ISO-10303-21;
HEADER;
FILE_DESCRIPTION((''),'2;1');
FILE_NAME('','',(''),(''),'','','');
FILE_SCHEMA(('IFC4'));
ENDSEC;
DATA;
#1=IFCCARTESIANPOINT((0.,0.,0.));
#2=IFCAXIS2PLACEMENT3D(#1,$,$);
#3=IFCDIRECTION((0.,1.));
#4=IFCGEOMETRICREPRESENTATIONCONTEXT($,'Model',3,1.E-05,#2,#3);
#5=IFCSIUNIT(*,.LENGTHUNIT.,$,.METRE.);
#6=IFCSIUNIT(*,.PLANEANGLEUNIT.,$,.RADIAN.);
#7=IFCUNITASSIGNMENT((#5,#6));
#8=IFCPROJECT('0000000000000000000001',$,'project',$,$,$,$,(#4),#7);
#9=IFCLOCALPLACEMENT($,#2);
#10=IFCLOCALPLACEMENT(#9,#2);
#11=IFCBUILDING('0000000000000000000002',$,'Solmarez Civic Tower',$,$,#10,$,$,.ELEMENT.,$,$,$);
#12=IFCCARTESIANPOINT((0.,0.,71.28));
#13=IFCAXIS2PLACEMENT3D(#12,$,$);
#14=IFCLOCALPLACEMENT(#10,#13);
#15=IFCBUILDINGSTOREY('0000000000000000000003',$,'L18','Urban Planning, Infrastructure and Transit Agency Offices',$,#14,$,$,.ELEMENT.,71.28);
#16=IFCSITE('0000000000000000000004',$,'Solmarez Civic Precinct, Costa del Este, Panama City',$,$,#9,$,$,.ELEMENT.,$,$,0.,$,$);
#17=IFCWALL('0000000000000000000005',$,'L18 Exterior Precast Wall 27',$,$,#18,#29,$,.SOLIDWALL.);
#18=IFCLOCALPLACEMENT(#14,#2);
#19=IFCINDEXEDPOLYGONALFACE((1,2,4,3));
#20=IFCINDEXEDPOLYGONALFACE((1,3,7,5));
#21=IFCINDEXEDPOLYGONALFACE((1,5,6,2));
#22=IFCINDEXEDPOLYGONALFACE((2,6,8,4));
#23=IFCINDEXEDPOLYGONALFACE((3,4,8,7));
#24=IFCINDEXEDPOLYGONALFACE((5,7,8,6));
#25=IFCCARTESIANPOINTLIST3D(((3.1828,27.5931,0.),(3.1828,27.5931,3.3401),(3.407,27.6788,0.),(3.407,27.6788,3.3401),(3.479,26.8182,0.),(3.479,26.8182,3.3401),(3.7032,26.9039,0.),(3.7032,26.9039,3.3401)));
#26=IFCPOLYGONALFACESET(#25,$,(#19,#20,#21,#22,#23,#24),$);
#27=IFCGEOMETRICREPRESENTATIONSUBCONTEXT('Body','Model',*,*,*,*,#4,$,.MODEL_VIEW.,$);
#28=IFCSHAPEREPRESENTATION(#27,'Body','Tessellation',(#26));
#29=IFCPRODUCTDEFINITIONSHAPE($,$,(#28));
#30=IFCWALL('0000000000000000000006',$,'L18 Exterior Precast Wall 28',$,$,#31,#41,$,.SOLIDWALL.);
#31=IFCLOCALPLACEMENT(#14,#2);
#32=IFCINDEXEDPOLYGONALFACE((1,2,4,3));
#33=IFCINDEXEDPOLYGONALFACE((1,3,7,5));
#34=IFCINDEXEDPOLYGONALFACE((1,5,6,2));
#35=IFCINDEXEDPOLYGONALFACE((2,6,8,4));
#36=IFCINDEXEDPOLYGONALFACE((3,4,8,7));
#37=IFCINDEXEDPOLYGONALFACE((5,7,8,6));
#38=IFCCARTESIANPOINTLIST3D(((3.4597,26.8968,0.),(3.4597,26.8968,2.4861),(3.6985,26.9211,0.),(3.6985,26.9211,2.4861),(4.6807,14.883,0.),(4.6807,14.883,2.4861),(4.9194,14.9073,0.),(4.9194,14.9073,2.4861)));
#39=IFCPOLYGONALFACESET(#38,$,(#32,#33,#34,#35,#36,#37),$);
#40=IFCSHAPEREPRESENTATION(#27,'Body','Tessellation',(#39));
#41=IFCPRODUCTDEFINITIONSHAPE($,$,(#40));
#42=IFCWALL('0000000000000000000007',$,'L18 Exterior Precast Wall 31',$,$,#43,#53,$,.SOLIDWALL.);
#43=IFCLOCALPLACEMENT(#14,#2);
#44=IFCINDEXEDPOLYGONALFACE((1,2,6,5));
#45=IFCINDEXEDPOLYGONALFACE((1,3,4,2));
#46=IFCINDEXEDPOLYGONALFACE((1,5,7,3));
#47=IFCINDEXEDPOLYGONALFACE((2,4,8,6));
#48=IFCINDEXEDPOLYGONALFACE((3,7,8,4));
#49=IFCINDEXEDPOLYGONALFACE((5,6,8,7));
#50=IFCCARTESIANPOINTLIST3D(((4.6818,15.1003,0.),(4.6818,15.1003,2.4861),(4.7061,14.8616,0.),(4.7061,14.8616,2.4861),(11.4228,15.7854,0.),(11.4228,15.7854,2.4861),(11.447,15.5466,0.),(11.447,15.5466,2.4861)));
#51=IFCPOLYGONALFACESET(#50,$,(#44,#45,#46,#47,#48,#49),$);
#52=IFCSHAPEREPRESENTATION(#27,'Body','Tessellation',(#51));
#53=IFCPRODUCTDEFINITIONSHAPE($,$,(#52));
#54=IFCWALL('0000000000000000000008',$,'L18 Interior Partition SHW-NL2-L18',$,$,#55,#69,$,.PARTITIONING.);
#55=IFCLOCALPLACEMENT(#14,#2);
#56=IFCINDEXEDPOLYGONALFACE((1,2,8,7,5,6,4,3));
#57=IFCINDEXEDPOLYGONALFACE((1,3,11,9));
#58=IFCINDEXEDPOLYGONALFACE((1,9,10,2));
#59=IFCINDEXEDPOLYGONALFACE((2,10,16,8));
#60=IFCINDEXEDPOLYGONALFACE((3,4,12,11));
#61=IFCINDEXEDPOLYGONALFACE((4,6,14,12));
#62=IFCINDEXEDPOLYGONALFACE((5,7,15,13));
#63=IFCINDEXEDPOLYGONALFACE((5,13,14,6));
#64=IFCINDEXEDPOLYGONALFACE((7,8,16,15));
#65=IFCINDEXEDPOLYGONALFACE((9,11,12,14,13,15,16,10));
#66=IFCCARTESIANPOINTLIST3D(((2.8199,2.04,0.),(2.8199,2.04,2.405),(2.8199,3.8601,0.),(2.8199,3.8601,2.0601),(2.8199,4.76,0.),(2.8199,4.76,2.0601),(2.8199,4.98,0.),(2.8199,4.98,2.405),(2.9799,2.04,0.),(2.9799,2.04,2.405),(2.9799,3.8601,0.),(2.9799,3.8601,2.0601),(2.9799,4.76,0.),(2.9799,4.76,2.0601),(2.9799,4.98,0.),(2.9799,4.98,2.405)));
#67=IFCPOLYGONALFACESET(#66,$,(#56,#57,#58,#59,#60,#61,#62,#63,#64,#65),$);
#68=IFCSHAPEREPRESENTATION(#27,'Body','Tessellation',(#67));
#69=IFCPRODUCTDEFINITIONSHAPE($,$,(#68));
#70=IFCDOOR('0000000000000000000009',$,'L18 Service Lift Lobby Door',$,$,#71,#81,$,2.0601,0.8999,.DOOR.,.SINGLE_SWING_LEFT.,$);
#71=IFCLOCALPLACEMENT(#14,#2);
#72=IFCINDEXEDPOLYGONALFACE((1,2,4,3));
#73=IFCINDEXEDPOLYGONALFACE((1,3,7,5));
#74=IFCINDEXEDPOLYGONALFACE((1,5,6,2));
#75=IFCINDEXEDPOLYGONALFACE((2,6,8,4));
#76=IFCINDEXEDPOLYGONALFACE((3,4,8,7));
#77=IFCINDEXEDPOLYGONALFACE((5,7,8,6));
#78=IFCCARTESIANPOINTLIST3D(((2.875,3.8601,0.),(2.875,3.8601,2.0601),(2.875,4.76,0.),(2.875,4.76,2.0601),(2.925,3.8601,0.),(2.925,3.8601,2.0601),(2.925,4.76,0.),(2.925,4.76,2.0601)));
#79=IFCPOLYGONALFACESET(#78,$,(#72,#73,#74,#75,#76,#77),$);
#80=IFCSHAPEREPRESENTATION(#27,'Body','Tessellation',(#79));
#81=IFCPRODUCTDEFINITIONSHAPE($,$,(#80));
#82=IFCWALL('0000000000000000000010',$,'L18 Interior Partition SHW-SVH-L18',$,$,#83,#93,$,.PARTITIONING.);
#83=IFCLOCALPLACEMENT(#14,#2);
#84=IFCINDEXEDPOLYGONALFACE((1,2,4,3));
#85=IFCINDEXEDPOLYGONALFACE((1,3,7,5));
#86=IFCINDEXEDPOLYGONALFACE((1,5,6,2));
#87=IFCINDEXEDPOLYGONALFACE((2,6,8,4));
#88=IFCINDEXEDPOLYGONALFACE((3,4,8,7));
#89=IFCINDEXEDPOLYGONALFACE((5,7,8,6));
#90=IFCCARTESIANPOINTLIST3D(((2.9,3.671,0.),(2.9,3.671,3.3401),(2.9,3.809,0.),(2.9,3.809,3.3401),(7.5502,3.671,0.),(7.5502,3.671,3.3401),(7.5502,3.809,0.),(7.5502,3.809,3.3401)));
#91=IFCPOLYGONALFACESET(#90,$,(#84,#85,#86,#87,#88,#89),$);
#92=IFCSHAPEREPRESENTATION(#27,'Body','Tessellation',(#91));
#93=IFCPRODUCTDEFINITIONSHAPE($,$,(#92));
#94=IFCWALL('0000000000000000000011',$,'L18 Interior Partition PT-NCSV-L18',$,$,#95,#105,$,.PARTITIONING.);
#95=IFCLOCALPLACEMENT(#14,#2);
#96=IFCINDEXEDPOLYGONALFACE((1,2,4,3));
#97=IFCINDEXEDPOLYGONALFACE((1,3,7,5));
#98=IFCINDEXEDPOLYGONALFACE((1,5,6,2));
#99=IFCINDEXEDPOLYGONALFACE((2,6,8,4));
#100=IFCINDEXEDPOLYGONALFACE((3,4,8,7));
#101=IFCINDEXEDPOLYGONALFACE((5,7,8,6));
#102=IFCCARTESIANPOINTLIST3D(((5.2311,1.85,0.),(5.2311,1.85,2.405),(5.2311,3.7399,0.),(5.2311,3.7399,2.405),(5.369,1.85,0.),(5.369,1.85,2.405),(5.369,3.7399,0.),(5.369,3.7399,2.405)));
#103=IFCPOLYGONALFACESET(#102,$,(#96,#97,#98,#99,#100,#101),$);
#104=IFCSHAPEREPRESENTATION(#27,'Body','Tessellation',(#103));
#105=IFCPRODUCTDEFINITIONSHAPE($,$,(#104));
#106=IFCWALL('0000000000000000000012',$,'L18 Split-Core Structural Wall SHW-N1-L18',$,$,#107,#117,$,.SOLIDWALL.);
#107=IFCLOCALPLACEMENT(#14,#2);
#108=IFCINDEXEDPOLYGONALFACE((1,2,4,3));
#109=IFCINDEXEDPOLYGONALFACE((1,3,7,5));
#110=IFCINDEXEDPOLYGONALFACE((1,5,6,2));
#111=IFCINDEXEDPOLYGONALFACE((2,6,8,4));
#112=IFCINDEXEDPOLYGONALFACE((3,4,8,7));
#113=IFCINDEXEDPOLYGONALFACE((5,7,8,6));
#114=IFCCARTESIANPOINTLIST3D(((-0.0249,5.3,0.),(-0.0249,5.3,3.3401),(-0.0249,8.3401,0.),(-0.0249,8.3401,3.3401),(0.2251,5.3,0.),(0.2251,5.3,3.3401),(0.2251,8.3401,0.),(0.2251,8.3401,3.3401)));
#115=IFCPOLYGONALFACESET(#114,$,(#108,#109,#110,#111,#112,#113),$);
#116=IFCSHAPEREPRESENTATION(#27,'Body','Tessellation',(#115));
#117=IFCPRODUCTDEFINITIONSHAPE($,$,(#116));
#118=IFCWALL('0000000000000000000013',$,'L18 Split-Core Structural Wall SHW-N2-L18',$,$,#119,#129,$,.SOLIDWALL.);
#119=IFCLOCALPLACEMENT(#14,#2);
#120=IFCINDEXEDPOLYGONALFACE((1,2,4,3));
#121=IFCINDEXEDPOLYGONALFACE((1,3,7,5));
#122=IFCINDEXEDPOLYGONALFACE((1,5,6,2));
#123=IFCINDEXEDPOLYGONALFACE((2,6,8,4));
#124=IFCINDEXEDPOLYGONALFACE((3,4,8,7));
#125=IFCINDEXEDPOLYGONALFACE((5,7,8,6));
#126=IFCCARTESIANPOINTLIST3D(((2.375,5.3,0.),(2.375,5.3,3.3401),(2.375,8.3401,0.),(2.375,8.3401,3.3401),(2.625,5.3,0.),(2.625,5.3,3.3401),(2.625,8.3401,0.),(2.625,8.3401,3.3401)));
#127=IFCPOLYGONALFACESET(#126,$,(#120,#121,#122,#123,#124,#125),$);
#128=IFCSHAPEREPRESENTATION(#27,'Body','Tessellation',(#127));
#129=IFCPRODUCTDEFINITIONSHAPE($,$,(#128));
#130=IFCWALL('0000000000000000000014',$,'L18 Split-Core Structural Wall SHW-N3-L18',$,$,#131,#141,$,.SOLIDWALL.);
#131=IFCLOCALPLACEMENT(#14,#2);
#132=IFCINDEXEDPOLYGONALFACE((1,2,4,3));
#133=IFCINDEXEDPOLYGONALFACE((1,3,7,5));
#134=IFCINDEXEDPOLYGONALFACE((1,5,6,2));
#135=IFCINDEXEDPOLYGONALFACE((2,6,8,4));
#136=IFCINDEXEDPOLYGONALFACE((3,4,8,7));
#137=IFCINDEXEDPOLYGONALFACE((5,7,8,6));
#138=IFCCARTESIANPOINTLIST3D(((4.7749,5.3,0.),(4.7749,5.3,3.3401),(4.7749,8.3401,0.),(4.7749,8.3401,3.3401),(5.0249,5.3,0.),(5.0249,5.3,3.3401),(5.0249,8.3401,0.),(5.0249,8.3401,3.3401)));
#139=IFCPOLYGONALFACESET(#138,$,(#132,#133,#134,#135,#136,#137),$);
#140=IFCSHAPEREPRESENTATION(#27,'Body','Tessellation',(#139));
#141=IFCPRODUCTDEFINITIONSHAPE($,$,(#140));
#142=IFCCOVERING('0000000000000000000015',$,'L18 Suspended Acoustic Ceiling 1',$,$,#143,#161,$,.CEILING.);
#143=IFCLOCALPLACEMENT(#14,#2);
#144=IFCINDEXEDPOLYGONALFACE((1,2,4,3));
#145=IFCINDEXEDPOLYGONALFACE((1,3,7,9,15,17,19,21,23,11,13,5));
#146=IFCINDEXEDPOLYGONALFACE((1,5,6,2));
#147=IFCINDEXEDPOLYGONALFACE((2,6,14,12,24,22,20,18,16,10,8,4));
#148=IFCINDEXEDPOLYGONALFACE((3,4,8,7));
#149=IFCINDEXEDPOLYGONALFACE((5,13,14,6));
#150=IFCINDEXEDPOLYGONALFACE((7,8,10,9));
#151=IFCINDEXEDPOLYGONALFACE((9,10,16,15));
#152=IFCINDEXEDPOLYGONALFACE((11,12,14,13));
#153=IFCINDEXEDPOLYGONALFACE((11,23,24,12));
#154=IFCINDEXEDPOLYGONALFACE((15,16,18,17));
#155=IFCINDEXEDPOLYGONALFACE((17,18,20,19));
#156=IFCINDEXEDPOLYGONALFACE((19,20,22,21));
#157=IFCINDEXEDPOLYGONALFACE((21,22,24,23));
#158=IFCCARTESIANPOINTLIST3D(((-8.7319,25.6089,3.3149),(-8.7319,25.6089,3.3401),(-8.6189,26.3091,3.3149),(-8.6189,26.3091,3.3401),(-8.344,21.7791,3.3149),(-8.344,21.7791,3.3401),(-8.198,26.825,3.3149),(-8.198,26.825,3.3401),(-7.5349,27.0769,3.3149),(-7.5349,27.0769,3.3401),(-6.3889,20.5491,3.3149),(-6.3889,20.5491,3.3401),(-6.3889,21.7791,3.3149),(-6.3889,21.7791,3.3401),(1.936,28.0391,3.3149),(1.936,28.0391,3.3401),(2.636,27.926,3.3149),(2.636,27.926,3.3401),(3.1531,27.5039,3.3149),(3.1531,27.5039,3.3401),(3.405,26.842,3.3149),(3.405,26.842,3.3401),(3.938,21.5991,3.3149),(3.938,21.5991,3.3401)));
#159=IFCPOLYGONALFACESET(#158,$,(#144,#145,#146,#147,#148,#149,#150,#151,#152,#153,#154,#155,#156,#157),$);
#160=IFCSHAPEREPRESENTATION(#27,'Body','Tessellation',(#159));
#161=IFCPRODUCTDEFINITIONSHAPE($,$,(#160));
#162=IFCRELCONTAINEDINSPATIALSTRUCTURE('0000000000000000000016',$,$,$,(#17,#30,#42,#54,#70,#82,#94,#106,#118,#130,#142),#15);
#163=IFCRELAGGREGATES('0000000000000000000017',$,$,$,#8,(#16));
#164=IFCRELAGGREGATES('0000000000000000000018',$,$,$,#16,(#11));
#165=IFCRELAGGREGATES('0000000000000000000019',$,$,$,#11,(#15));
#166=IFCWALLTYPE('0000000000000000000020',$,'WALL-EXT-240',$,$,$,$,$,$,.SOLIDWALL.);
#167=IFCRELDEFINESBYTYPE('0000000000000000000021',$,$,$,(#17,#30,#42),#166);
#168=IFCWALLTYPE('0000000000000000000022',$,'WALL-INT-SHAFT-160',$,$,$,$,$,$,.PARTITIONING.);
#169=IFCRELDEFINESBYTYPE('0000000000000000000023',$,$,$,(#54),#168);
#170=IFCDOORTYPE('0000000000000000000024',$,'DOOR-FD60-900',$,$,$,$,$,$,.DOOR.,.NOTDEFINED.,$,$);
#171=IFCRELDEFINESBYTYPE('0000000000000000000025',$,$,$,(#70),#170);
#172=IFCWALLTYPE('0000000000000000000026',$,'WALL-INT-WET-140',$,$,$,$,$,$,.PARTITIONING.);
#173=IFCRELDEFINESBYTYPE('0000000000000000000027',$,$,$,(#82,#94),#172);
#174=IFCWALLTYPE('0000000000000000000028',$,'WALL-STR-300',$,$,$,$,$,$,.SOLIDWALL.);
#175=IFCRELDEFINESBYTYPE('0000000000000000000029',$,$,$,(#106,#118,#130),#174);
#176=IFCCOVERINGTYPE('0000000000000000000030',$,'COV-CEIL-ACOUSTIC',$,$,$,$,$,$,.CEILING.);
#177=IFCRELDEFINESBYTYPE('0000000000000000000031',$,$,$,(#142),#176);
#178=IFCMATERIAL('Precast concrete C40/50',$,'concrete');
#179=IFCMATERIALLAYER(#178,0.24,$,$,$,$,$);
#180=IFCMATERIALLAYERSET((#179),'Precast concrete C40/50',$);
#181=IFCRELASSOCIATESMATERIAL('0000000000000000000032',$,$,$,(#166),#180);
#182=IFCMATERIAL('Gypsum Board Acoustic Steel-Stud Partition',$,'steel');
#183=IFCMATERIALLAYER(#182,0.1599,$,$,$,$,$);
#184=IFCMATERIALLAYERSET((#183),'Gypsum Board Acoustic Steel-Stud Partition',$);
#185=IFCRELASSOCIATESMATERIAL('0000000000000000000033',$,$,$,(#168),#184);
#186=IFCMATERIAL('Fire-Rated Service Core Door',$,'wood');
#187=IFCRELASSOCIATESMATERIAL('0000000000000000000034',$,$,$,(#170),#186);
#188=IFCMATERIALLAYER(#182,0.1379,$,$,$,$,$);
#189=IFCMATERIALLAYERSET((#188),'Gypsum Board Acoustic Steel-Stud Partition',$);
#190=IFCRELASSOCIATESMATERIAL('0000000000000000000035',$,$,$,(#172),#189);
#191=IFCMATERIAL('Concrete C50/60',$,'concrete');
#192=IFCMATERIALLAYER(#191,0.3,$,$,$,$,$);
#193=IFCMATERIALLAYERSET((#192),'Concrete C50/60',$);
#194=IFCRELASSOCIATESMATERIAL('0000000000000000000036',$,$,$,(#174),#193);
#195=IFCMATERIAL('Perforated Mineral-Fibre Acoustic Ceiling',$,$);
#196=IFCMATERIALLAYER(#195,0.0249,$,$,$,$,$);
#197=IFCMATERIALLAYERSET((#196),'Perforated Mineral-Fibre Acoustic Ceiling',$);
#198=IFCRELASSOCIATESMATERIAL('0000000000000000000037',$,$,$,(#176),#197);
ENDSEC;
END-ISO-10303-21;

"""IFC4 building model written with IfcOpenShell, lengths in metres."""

from ifc_helpers import new_model, si_unit, direction, frame, frame_2d, origin, place, context, subcontext, project, spatial, polyline, rectangle, outline, extrude, material, layer, layer_set, type_object, element, fill, save


model = new_model("IFC4")

# Units and contexts
model_context = context("Model", 3, precision=1e-05, world=origin(), true_north=direction((0.0, 1.0)))
body_context = subcontext(model_context, "Body", "Model", "MODEL_VIEW")
ifc_project = project(units=[si_unit("LENGTHUNIT", "METRE"), si_unit("PLANEANGLEUNIT", "RADIAN")], contexts=[model_context])

# Site, building, storey
site_placement = place(None, origin())
site = spatial("IfcSite", under=ifc_project, at=site_placement, Name="Solmarez Civic Precinct, Costa del Este, Panama City", CompositionType="ELEMENT", RefElevation=0.0)
building_placement = place(site_placement, origin())
building = spatial("IfcBuilding", under=site, at=building_placement, Name="Solmarez Civic Tower", CompositionType="ELEMENT")
storey_placement = place(building_placement, frame((0.0, 0.0, 71.28)))
storey = spatial("IfcBuildingStorey", under=building, at=storey_placement, Name="L18", Description="Urban Planning, Infrastructure and Transit Agency Offices", CompositionType="ELEMENT", Elevation=71.28)

# Walls
ifc_material_1 = material(Name="Precast concrete C40/50", Category="concrete")
ifc_layer_1 = layer(ifc_material_1, 0.24)
ifc_layer_set_1 = layer_set([ifc_layer_1], Name="Precast concrete C40/50")
wall_type_1 = type_object("IfcWallType", Name="WALL-EXT-240", PredefinedType="SOLIDWALL", material=ifc_layer_set_1)
wall_1_placement = place(storey_placement, frame((3.2949, 27.636, 0.0), z_axis=(0.0, 0.0, 1.0), x_axis=(0.356986, -0.93411, 0.0)))
element("IfcWall", 1, at=wall_1_placement, inside=storey, type_object=wall_type_1, Name="L18 Exterior Precast Wall 27", PredefinedType="SOLIDWALL", context=body_context, shape_type="SweptSolid", body=[
    extrude(rectangle(XDim=0.8296, YDim=0.24, at=frame_2d((0.4148, 0.0))), origin(), (0.0, 0.0, 1.0), 3.3401),
])
wall_2_placement = place(storey_placement, frame((3.5791, 26.9089, 0.0), z_axis=(0.0, 0.0, 1.0), x_axis=(0.101107, -0.994876, 0.0)))
element("IfcWall", 2, at=wall_2_placement, inside=storey, type_object=wall_type_1, Name="L18 Exterior Precast Wall 28", PredefinedType="SOLIDWALL", context=body_context, shape_type="SweptSolid", body=[
    extrude(rectangle(XDim=12.0757, YDim=0.24, at=frame_2d((6.0378, 0.0))), origin(), (0.0, 0.0, 1.0), 2.4861),
])
wall_3_placement = place(storey_placement, frame((4.6941, 14.981, 0.0), z_axis=(0.0, 0.0, 1.0), x_axis=(0.994876, 0.101105, 0.0)))
element("IfcWall", 3, at=wall_3_placement, inside=storey, type_object=wall_type_1, Name="L18 Exterior Precast Wall 31", PredefinedType="SOLIDWALL", context=body_context, shape_type="SweptSolid", body=[
    extrude(rectangle(XDim=6.7756, YDim=0.24, at=frame_2d((3.3877, 0.0))), origin(), (0.0, 0.0, 1.0), 2.4861),
])

# Wall, opening, door
ifc_material_2 = material(Name="Gypsum Board Acoustic Steel-Stud Partition", Category="steel")
ifc_layer_2 = layer(ifc_material_2, 0.1599)
ifc_layer_set_2 = layer_set([ifc_layer_2], Name="Gypsum Board Acoustic Steel-Stud Partition")
wall_type_2 = type_object("IfcWallType", Name="WALL-INT-SHAFT-160", PredefinedType="PARTITIONING", material=ifc_layer_set_2)
wall_4_placement = place(storey_placement, frame((2.8999, 2.04, 0.0), z_axis=(0.0, 0.0, 1.0), x_axis=(0.0, 1.0, 0.0)))
wall_4 = element("IfcWall", 4, at=wall_4_placement, inside=storey, type_object=wall_type_2, Name="L18 Interior Partition SHW-NL2-L18", PredefinedType="PARTITIONING", context=body_context, shape_type="SweptSolid", body=[
    extrude(rectangle(XDim=2.9399, YDim=0.1599, at=frame_2d((1.47, 0.0))), origin(), (0.0, 0.0, 1.0), 2.405),
])
opening_1_placement = place(wall_4_placement, frame((1.8201, 0.0, 0.0)))
opening_1 = element("IfcOpeningElement", 5, at=opening_1_placement, cuts=wall_4, PredefinedType="OPENING", context=body_context, shape_type="SweptSolid", body=[
    extrude(rectangle(XDim=0.8999, YDim=2.0601, at=frame_2d((0.45, 1.03))), frame((0.0, 0.0898, 0.0), z_axis=(0.0, -1.0, 0.0), x_axis=(1.0, 0.0, 0.0)), (0.0, 0.0, 1.0), 0.1799),
])
ifc_material_3 = material(Name="Fire-Rated Service Core Door", Category="wood")
door_type_1 = type_object("IfcDoorType", Name="DOOR-FD60-900", OperationType="NOTDEFINED", PredefinedType="DOOR", material=ifc_material_3)
door_1_placement = place(opening_1_placement, origin())
door_1 = element("IfcDoor", 6, at=door_1_placement, inside=storey, type_object=door_type_1, Name="L18 Service Lift Lobby Door", OperationType="SINGLE_SWING_LEFT", OverallHeight=2.0601, OverallWidth=0.8999, PredefinedType="DOOR", context=body_context, shape_type="SweptSolid", body=[
    extrude(rectangle(XDim=0.8999, YDim=2.0601, at=frame_2d((0.45, 1.03))), frame((0.0, 0.0249, 0.0), z_axis=(0.0, -1.0, 0.0), x_axis=(1.0, 0.0, 0.0)), (0.0, 0.0, 1.0), 0.05),
])
fill(opening_1, door_1)

# Walls
ifc_layer_3 = layer(ifc_material_2, 0.1379)
ifc_layer_set_3 = layer_set([ifc_layer_3], Name="Gypsum Board Acoustic Steel-Stud Partition")
wall_type_3 = type_object("IfcWallType", Name="WALL-INT-WET-140", PredefinedType="PARTITIONING", material=ifc_layer_set_3)
wall_5_placement = place(storey_placement, frame((2.8999, 3.74, 0.0), z_axis=(0.0, 0.0, 1.0), x_axis=(1.0, 0.0, 0.0)))
element("IfcWall", 7, at=wall_5_placement, inside=storey, type_object=wall_type_3, Name="L18 Interior Partition SHW-SVH-L18", PredefinedType="PARTITIONING", context=body_context, shape_type="SweptSolid", body=[
    extrude(rectangle(XDim=4.6501, YDim=0.1379, at=frame_2d((2.3252, 0.0))), origin(), (0.0, 0.0, 1.0), 3.3401),
])
wall_6_placement = place(storey_placement, frame((5.3, 1.8501, 0.0), z_axis=(0.0, 0.0, 1.0), x_axis=(0.0, 1.0, 0.0)))
element("IfcWall", 8, at=wall_6_placement, inside=storey, type_object=wall_type_3, Name="L18 Interior Partition PT-NCSV-L18", PredefinedType="PARTITIONING", context=body_context, shape_type="SweptSolid", body=[
    extrude(rectangle(XDim=1.8899, YDim=0.1379, at=frame_2d((0.9448, 0.0))), origin(), (0.0, 0.0, 1.0), 2.405),
])

# Shared definitions
ifc_material_4 = material(Name="Concrete C50/60", Category="concrete")
ifc_layer_4 = layer(ifc_material_4, 0.3)
ifc_layer_set_4 = layer_set([ifc_layer_4], Name="Concrete C50/60")
wall_type_4 = type_object("IfcWallType", Name="WALL-STR-300", PredefinedType="SOLIDWALL", material=ifc_layer_set_4)

# Walls
for number, where, z_axis, x_axis, name in (
    (9, (0.1001, 5.3, 0.0), (0.0, 0.0, 1.0), (0.0, 1.0, 0.0), "L18 Split-Core Structural Wall SHW-N1-L18"),
    (10, (2.5, 5.3, 0.0), (0.0, 0.0, 1.0), (0.0, 1.0, 0.0), "L18 Split-Core Structural Wall SHW-N2-L18"),
    (11, (4.8999, 5.3, 0.0), (0.0, 0.0, 1.0), (0.0, 1.0, 0.0), "L18 Split-Core Structural Wall SHW-N3-L18"),
):
    element("IfcWall", number, at=place(storey_placement, frame(where, z_axis=z_axis, x_axis=x_axis)), inside=storey, type_object=wall_type_4, Name=name, PredefinedType="SOLIDWALL", context=body_context, shape_type="SweptSolid", body=[
        extrude(rectangle(XDim=3.04, YDim=0.25, at=frame_2d((1.52, 0.0))), origin(), (0.0, 0.0, 1.0), 3.3401),
    ])

# Covering
ifc_material_5 = material(Name="Perforated Mineral-Fibre Acoustic Ceiling")
ifc_layer_5 = layer(ifc_material_5, 0.0249)
ifc_layer_set_5 = layer_set([ifc_layer_5], Name="Perforated Mineral-Fibre Acoustic Ceiling")
covering_type_1 = type_object("IfcCoveringType", Name="COV-CEIL-ACOUSTIC", PredefinedType="CEILING", material=ifc_layer_set_5)
covering_1_placement = place(storey_placement, frame((0.0, 0.0, 3.3149)))
element("IfcCovering", 12, at=covering_1_placement, inside=storey, type_object=covering_type_1, Name="L18 Suspended Acoustic Ceiling 1", PredefinedType="CEILING", context=body_context, shape_type="SweptSolid", body=[
    extrude(outline(polyline([(3.938, 21.5991), (3.405, 26.842), (3.1531, 27.5039), (2.636, 27.926), (1.936, 28.0391), (-7.5349, 27.0769), (-8.198, 26.825), (-8.6189, 26.3091), (-8.7319, 25.6089), (-8.344, 21.7791), (-6.3889, 21.7791), (-6.3889, 20.5491), (3.938, 21.5991)])), origin(), (0.0, 0.0, 1.0), 0.0251),
])

save(model, "model.ifc")
